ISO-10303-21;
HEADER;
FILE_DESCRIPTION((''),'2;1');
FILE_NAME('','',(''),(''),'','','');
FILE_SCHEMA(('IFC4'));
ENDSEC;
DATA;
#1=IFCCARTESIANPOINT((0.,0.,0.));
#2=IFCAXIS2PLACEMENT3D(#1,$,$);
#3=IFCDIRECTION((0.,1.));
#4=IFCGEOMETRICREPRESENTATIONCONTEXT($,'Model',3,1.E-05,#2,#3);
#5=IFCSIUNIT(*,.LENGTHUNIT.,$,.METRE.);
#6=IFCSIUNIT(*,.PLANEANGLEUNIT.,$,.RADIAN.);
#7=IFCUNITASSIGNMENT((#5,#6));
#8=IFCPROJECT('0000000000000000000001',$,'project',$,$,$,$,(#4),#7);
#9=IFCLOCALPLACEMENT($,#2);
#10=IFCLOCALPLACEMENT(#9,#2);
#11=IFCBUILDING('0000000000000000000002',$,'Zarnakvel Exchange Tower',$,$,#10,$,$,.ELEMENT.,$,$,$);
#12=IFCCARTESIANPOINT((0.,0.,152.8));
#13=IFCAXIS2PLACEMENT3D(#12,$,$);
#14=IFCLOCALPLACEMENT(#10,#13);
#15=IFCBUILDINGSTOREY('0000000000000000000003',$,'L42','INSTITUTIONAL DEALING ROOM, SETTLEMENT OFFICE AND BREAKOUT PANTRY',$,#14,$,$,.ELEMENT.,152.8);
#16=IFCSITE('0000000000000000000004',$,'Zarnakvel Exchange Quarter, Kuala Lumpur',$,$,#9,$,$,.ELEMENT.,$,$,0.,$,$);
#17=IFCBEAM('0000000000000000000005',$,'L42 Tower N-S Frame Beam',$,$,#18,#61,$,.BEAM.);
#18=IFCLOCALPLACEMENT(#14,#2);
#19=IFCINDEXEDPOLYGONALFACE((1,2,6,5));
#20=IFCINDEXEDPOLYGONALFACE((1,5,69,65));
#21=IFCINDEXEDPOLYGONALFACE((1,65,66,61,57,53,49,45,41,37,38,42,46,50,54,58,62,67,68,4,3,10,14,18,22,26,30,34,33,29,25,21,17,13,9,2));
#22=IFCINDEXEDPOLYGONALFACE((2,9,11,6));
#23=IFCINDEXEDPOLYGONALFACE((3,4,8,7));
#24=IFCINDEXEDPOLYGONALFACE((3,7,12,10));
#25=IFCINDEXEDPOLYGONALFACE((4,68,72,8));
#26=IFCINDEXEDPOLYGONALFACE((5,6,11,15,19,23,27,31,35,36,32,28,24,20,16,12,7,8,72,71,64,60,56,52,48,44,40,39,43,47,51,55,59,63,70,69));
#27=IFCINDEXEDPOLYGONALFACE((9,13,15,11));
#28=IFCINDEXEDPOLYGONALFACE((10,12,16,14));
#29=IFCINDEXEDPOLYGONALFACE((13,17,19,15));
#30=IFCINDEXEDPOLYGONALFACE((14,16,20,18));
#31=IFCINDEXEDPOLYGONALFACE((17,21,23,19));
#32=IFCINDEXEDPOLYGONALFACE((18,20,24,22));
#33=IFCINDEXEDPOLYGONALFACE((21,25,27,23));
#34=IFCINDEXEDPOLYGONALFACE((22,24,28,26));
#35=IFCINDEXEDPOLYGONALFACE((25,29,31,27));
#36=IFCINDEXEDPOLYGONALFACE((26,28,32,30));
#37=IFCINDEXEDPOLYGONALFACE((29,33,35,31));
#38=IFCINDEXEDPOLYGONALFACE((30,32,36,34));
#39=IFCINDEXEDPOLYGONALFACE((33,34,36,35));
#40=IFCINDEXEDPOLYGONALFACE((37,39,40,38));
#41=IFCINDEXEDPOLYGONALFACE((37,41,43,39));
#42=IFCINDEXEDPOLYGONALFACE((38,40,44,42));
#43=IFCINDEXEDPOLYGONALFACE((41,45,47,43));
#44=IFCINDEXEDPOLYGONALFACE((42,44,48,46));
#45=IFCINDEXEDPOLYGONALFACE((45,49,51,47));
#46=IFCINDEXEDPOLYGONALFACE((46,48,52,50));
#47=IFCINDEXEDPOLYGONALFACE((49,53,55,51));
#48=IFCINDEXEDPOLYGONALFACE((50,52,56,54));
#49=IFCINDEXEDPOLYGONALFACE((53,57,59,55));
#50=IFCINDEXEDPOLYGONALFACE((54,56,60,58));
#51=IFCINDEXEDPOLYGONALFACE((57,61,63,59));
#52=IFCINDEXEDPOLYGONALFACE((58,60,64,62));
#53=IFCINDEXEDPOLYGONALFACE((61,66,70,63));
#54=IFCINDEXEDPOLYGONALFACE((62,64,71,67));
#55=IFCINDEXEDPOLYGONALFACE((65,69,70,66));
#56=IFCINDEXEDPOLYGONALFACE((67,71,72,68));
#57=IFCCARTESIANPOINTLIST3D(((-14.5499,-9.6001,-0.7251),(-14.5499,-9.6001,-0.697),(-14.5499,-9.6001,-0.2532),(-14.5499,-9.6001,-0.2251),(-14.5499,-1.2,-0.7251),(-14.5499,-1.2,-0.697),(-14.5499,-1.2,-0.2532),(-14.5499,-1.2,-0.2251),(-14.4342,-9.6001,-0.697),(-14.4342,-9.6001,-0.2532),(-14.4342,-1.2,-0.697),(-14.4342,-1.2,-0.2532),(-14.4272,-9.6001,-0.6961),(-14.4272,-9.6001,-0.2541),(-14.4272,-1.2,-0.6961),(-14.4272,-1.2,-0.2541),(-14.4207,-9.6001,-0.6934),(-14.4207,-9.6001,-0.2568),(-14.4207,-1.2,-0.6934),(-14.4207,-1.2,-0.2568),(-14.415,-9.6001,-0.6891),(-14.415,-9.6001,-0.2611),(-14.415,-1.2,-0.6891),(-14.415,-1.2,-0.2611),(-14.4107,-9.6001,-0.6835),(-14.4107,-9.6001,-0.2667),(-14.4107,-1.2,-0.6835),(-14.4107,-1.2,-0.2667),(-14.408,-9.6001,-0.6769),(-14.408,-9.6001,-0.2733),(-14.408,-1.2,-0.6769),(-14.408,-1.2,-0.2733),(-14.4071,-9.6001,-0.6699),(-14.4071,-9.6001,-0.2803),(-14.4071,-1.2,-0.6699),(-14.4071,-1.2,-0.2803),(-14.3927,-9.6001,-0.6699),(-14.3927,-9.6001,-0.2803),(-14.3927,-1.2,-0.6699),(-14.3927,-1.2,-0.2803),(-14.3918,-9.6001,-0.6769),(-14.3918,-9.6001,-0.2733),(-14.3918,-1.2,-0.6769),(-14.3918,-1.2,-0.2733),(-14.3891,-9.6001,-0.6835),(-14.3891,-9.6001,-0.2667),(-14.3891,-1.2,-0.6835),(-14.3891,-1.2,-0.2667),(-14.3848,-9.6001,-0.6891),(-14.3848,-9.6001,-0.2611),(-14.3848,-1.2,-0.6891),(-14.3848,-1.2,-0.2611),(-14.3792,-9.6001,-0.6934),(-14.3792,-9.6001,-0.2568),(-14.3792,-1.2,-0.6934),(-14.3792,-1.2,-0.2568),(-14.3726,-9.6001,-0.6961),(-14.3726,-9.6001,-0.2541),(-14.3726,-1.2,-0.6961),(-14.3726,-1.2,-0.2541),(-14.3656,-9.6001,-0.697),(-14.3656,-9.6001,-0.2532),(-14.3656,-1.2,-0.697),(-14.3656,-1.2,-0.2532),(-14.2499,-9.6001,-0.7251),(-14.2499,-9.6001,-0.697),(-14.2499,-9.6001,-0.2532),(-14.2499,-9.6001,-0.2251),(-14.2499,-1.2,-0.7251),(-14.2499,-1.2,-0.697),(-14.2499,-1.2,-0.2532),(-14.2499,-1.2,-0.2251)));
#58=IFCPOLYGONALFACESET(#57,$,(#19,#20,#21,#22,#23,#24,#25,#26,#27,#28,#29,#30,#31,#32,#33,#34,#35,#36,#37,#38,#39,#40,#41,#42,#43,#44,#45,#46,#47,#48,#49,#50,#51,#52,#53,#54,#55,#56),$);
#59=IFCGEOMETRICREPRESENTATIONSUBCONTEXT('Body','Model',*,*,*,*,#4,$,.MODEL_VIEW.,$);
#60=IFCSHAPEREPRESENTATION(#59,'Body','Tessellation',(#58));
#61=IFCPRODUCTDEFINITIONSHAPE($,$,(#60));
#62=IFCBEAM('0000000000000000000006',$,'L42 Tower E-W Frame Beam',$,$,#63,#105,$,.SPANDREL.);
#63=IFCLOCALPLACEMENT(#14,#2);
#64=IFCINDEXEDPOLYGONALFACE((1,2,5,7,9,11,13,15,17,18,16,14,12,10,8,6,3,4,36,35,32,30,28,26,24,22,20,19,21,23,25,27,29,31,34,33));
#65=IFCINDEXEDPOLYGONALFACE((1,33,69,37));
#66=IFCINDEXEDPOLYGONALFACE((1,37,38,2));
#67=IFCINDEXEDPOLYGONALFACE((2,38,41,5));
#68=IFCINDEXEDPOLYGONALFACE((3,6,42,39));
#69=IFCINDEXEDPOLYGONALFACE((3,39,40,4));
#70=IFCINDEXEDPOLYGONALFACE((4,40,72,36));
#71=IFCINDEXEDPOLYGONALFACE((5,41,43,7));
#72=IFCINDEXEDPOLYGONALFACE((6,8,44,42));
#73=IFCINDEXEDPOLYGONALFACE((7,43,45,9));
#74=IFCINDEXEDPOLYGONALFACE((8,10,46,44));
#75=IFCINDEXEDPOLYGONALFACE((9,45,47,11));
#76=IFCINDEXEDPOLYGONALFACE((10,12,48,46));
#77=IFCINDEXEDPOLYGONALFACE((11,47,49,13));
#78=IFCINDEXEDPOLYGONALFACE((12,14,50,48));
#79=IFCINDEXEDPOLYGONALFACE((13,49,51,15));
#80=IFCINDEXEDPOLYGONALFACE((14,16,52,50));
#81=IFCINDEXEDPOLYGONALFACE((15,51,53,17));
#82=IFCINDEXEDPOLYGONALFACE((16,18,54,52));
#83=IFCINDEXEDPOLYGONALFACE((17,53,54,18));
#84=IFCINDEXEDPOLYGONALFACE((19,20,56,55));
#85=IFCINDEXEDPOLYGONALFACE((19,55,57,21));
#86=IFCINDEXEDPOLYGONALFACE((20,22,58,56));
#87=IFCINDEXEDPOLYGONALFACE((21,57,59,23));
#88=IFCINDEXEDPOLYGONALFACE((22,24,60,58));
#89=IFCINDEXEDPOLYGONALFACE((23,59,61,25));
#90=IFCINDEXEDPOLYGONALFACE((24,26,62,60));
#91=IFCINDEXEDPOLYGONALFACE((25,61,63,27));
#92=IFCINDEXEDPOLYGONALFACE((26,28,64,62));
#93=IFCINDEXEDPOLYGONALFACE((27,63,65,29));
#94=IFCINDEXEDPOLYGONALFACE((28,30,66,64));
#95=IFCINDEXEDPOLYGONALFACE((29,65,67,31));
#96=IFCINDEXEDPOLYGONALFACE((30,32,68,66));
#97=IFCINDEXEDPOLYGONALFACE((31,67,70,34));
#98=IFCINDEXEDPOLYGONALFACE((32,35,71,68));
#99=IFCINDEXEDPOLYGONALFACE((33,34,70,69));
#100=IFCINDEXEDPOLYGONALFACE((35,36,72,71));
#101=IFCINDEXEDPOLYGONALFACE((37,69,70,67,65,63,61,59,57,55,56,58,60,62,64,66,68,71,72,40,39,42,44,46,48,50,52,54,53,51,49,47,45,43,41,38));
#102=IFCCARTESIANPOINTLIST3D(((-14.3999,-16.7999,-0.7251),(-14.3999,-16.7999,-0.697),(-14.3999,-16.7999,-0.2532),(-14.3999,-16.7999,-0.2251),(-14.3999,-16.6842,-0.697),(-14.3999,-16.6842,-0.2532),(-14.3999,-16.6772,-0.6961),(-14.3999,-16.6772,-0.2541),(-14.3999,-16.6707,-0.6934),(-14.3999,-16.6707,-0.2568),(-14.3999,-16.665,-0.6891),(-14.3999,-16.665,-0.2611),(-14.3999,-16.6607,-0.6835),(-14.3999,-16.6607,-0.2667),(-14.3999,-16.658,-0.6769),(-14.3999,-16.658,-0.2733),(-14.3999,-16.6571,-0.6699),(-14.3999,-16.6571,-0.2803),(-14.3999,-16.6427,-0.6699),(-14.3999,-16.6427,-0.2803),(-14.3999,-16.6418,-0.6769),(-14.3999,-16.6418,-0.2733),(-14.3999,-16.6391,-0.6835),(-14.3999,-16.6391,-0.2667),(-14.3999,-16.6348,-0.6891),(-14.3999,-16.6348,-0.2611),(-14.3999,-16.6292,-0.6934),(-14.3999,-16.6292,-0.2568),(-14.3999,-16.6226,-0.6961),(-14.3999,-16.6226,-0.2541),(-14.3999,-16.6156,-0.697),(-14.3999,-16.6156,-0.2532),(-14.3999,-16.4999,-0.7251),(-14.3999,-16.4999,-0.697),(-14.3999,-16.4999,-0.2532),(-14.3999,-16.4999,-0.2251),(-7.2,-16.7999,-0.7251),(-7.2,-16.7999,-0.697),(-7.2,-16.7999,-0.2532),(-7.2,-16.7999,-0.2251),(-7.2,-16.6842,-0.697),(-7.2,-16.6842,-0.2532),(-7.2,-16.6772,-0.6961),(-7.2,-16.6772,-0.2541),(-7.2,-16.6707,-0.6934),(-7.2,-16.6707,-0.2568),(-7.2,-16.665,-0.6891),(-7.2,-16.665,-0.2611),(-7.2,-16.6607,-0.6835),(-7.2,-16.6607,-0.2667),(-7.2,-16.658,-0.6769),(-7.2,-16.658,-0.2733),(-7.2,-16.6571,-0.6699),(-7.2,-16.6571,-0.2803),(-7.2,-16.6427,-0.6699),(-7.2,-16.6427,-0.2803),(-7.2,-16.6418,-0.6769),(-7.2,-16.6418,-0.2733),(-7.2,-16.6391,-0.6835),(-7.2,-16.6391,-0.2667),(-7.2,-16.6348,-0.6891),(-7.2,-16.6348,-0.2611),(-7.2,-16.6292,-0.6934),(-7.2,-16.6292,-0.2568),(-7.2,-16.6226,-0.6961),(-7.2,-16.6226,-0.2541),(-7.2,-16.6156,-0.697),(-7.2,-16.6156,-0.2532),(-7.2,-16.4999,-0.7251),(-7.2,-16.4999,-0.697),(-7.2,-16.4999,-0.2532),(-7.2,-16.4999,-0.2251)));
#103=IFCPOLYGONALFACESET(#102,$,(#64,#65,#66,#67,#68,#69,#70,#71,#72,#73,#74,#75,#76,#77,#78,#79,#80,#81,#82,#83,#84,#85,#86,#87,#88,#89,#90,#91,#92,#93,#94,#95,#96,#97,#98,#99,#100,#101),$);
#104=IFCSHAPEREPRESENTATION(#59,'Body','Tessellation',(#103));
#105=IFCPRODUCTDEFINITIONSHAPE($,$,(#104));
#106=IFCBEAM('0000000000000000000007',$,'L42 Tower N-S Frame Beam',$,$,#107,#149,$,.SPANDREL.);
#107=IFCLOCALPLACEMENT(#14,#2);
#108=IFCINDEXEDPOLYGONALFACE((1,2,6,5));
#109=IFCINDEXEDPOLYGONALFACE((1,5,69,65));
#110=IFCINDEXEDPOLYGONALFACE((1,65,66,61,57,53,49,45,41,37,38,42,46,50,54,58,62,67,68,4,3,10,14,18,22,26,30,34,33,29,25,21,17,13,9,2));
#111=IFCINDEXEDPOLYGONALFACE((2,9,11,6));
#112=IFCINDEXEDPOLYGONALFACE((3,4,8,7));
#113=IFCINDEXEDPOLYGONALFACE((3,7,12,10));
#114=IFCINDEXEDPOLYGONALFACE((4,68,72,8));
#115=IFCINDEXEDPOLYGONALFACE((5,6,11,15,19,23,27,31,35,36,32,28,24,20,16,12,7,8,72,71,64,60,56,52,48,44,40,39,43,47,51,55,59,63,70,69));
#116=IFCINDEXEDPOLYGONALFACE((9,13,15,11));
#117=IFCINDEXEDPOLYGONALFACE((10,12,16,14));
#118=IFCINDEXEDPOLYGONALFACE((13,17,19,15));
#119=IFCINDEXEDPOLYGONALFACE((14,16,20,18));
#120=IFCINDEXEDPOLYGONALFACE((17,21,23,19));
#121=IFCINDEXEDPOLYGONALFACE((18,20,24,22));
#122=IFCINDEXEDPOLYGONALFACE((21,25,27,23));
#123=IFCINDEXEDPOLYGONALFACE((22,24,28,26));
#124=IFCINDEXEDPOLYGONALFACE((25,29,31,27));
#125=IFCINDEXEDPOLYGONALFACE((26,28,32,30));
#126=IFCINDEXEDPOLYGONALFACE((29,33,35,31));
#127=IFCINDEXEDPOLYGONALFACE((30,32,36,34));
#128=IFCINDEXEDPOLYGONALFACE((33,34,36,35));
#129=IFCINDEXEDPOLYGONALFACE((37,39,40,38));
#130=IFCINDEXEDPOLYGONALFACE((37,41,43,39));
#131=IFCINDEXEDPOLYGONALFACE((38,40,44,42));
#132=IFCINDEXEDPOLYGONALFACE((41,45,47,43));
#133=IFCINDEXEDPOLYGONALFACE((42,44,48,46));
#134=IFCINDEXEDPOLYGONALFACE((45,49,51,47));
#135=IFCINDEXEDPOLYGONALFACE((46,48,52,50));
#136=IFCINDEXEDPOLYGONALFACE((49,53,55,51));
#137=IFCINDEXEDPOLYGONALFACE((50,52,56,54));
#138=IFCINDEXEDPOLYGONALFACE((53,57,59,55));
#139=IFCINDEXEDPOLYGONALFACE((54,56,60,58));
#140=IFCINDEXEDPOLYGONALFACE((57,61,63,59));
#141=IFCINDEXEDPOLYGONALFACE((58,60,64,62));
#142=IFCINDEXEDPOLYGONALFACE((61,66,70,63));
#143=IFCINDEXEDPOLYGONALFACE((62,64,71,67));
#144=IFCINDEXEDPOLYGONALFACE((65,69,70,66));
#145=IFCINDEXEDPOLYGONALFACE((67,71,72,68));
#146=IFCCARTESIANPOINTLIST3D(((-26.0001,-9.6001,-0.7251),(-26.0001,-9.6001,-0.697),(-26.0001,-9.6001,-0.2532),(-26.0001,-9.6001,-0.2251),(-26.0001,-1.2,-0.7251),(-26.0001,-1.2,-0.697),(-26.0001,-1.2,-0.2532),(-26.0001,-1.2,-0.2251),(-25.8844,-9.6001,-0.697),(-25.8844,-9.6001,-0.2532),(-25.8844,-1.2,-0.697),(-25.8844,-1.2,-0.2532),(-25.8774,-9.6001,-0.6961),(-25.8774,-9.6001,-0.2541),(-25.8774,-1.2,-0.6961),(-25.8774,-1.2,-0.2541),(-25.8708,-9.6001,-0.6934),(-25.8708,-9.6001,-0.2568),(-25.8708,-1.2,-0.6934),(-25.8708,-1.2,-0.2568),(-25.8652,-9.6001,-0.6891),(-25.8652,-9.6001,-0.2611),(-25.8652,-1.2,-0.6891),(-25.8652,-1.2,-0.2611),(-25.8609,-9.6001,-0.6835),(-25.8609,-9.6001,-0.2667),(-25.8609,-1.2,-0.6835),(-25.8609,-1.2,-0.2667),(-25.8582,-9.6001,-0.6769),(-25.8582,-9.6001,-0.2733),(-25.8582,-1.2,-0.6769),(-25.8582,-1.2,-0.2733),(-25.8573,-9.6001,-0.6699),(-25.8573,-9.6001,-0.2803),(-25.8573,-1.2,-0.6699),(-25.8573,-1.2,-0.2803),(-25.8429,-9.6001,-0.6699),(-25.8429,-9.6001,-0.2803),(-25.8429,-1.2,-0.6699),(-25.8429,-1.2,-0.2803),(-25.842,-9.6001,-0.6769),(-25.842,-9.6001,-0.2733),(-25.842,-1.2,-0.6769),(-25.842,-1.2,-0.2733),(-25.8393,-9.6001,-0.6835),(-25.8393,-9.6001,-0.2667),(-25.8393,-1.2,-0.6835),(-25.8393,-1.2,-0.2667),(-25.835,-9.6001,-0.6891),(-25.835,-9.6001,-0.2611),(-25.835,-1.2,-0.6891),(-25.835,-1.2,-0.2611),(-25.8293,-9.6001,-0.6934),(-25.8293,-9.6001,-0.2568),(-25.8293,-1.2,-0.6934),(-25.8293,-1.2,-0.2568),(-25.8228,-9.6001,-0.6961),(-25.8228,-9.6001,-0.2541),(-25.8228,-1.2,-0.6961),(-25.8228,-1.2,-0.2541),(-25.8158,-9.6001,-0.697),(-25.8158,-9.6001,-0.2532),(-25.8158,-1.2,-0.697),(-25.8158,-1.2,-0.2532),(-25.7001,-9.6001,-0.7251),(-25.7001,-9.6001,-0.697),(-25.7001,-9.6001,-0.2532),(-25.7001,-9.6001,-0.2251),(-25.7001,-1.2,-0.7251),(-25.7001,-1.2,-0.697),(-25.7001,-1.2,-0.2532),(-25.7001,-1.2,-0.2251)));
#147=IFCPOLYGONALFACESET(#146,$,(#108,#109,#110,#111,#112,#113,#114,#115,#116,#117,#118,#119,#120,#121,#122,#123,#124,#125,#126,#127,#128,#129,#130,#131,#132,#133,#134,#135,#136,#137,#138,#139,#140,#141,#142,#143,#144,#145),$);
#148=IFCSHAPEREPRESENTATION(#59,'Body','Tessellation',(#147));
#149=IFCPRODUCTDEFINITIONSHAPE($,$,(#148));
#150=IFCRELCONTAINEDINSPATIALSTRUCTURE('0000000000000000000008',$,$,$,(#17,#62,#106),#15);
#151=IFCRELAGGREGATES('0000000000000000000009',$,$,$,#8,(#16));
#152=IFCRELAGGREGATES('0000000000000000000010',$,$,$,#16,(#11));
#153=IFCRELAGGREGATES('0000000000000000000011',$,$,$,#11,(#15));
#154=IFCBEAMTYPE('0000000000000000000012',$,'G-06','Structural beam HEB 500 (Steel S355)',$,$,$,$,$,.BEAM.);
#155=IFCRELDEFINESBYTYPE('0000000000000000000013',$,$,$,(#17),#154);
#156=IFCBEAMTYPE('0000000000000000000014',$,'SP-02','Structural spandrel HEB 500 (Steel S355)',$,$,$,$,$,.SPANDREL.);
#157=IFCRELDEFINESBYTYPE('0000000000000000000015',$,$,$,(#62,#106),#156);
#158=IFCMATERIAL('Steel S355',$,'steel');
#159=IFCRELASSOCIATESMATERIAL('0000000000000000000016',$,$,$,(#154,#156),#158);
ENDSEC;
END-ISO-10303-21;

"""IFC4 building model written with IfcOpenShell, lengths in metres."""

from ifc_helpers import new_model, si_unit, direction, frame, origin, origin_2d, place, context, subcontext, project, spatial, i_section, extrude, material, material_profile, profile_set, type_object, element, save


model = new_model("IFC4")

# Units and contexts
model_context = context("Model", 3, precision=1e-05, world=origin(), true_north=direction((0.0, 1.0)))
body_context = subcontext(model_context, "Body", "Model", "MODEL_VIEW")
ifc_project = project(units=[si_unit("LENGTHUNIT", "METRE"), si_unit("PLANEANGLEUNIT", "RADIAN")], contexts=[model_context])

# Site, building, storey
site_placement = place(None, origin())
site = spatial("IfcSite", under=ifc_project, at=site_placement, Name="Zarnakvel Exchange Quarter, Kuala Lumpur", CompositionType="ELEMENT", RefElevation=0.0)
building_placement = place(site_placement, origin())
building = spatial("IfcBuilding", under=site, at=building_placement, Name="Zarnakvel Exchange Tower", CompositionType="ELEMENT")
storey_placement = place(building_placement, frame((0.0, 0.0, 152.8)))
storey = spatial("IfcBuildingStorey", under=building, at=storey_placement, Name="L42", Description="INSTITUTIONAL DEALING ROOM, SETTLEMENT OFFICE AND BREAKOUT PANTRY", CompositionType="ELEMENT", Elevation=152.8)

# Shared definitions
ifc_material_1 = material(Name="Steel S355", Category="steel")

# Beams
ifc_material_profile_1 = material_profile(ifc_material_1, i_section(OverallWidth=0.3, OverallDepth=0.5, WebThickness=0.0144, FlangeThickness=0.0281, FilletRadius=0.0271, at=origin_2d()))
ifc_profile_set_1 = profile_set([ifc_material_profile_1], Name="Steel S355")
beam_type_1 = type_object("IfcBeamType", Name="G-06", Description="Structural beam HEB 500 (Steel S355)", PredefinedType="BEAM", material=ifc_profile_set_1)
beam_1_placement = place(storey_placement, frame((-14.3999, -9.6001, -0.4751), z_axis=(0.0, 1.0, 0.0), x_axis=(-1.0, 0.0, 0.0)))
element("IfcBeam", 1, at=beam_1_placement, inside=storey, type_object=beam_type_1, Name="L42 Tower N-S Frame Beam", PredefinedType="BEAM", context=body_context, shape_type="SweptSolid", body=[
    extrude(i_section(OverallWidth=0.3, OverallDepth=0.5, WebThickness=0.0144, FlangeThickness=0.0281, FilletRadius=0.0271, at=origin_2d()), origin(), (0.0, 0.0, 1.0), 8.4001),
])
ifc_material_profile_2 = material_profile(ifc_material_1, i_section(OverallWidth=0.3, OverallDepth=0.5, WebThickness=0.0144, FlangeThickness=0.0281, FilletRadius=0.0271, at=origin_2d()))
ifc_profile_set_2 = profile_set([ifc_material_profile_2], Name="Steel S355")
beam_type_2 = type_object("IfcBeamType", Name="SP-02", Description="Structural spandrel HEB 500 (Steel S355)", PredefinedType="SPANDREL", material=ifc_profile_set_2)
beam_2_placement = place(storey_placement, frame((-14.3999, -16.6499, -0.4751), z_axis=(1.0, 0.0, 0.0), x_axis=(0.0, 1.0, 0.0)))
element("IfcBeam", 2, at=beam_2_placement, inside=storey, type_object=beam_type_2, Name="L42 Tower E-W Frame Beam", PredefinedType="SPANDREL", context=body_context, shape_type="SweptSolid", body=[
    extrude(i_section(OverallWidth=0.3, OverallDepth=0.5, WebThickness=0.0144, FlangeThickness=0.0281, FilletRadius=0.0271, at=origin_2d()), origin(), (0.0, 0.0, 1.0), 7.2),
])
beam_3_placement = place(storey_placement, frame((-25.8501, -9.6001, -0.4751), z_axis=(0.0, 1.0, 0.0), x_axis=(-1.0, 0.0, 0.0)))
element("IfcBeam", 3, at=beam_3_placement, inside=storey, type_object=beam_type_2, Name="L42 Tower N-S Frame Beam", PredefinedType="SPANDREL", context=body_context, shape_type="SweptSolid", body=[
    extrude(i_section(OverallWidth=0.3, OverallDepth=0.5, WebThickness=0.0144, FlangeThickness=0.0281, FilletRadius=0.0271, at=origin_2d()), origin(), (0.0, 0.0, 1.0), 8.4001),
])

save(model, "model.ifc")
